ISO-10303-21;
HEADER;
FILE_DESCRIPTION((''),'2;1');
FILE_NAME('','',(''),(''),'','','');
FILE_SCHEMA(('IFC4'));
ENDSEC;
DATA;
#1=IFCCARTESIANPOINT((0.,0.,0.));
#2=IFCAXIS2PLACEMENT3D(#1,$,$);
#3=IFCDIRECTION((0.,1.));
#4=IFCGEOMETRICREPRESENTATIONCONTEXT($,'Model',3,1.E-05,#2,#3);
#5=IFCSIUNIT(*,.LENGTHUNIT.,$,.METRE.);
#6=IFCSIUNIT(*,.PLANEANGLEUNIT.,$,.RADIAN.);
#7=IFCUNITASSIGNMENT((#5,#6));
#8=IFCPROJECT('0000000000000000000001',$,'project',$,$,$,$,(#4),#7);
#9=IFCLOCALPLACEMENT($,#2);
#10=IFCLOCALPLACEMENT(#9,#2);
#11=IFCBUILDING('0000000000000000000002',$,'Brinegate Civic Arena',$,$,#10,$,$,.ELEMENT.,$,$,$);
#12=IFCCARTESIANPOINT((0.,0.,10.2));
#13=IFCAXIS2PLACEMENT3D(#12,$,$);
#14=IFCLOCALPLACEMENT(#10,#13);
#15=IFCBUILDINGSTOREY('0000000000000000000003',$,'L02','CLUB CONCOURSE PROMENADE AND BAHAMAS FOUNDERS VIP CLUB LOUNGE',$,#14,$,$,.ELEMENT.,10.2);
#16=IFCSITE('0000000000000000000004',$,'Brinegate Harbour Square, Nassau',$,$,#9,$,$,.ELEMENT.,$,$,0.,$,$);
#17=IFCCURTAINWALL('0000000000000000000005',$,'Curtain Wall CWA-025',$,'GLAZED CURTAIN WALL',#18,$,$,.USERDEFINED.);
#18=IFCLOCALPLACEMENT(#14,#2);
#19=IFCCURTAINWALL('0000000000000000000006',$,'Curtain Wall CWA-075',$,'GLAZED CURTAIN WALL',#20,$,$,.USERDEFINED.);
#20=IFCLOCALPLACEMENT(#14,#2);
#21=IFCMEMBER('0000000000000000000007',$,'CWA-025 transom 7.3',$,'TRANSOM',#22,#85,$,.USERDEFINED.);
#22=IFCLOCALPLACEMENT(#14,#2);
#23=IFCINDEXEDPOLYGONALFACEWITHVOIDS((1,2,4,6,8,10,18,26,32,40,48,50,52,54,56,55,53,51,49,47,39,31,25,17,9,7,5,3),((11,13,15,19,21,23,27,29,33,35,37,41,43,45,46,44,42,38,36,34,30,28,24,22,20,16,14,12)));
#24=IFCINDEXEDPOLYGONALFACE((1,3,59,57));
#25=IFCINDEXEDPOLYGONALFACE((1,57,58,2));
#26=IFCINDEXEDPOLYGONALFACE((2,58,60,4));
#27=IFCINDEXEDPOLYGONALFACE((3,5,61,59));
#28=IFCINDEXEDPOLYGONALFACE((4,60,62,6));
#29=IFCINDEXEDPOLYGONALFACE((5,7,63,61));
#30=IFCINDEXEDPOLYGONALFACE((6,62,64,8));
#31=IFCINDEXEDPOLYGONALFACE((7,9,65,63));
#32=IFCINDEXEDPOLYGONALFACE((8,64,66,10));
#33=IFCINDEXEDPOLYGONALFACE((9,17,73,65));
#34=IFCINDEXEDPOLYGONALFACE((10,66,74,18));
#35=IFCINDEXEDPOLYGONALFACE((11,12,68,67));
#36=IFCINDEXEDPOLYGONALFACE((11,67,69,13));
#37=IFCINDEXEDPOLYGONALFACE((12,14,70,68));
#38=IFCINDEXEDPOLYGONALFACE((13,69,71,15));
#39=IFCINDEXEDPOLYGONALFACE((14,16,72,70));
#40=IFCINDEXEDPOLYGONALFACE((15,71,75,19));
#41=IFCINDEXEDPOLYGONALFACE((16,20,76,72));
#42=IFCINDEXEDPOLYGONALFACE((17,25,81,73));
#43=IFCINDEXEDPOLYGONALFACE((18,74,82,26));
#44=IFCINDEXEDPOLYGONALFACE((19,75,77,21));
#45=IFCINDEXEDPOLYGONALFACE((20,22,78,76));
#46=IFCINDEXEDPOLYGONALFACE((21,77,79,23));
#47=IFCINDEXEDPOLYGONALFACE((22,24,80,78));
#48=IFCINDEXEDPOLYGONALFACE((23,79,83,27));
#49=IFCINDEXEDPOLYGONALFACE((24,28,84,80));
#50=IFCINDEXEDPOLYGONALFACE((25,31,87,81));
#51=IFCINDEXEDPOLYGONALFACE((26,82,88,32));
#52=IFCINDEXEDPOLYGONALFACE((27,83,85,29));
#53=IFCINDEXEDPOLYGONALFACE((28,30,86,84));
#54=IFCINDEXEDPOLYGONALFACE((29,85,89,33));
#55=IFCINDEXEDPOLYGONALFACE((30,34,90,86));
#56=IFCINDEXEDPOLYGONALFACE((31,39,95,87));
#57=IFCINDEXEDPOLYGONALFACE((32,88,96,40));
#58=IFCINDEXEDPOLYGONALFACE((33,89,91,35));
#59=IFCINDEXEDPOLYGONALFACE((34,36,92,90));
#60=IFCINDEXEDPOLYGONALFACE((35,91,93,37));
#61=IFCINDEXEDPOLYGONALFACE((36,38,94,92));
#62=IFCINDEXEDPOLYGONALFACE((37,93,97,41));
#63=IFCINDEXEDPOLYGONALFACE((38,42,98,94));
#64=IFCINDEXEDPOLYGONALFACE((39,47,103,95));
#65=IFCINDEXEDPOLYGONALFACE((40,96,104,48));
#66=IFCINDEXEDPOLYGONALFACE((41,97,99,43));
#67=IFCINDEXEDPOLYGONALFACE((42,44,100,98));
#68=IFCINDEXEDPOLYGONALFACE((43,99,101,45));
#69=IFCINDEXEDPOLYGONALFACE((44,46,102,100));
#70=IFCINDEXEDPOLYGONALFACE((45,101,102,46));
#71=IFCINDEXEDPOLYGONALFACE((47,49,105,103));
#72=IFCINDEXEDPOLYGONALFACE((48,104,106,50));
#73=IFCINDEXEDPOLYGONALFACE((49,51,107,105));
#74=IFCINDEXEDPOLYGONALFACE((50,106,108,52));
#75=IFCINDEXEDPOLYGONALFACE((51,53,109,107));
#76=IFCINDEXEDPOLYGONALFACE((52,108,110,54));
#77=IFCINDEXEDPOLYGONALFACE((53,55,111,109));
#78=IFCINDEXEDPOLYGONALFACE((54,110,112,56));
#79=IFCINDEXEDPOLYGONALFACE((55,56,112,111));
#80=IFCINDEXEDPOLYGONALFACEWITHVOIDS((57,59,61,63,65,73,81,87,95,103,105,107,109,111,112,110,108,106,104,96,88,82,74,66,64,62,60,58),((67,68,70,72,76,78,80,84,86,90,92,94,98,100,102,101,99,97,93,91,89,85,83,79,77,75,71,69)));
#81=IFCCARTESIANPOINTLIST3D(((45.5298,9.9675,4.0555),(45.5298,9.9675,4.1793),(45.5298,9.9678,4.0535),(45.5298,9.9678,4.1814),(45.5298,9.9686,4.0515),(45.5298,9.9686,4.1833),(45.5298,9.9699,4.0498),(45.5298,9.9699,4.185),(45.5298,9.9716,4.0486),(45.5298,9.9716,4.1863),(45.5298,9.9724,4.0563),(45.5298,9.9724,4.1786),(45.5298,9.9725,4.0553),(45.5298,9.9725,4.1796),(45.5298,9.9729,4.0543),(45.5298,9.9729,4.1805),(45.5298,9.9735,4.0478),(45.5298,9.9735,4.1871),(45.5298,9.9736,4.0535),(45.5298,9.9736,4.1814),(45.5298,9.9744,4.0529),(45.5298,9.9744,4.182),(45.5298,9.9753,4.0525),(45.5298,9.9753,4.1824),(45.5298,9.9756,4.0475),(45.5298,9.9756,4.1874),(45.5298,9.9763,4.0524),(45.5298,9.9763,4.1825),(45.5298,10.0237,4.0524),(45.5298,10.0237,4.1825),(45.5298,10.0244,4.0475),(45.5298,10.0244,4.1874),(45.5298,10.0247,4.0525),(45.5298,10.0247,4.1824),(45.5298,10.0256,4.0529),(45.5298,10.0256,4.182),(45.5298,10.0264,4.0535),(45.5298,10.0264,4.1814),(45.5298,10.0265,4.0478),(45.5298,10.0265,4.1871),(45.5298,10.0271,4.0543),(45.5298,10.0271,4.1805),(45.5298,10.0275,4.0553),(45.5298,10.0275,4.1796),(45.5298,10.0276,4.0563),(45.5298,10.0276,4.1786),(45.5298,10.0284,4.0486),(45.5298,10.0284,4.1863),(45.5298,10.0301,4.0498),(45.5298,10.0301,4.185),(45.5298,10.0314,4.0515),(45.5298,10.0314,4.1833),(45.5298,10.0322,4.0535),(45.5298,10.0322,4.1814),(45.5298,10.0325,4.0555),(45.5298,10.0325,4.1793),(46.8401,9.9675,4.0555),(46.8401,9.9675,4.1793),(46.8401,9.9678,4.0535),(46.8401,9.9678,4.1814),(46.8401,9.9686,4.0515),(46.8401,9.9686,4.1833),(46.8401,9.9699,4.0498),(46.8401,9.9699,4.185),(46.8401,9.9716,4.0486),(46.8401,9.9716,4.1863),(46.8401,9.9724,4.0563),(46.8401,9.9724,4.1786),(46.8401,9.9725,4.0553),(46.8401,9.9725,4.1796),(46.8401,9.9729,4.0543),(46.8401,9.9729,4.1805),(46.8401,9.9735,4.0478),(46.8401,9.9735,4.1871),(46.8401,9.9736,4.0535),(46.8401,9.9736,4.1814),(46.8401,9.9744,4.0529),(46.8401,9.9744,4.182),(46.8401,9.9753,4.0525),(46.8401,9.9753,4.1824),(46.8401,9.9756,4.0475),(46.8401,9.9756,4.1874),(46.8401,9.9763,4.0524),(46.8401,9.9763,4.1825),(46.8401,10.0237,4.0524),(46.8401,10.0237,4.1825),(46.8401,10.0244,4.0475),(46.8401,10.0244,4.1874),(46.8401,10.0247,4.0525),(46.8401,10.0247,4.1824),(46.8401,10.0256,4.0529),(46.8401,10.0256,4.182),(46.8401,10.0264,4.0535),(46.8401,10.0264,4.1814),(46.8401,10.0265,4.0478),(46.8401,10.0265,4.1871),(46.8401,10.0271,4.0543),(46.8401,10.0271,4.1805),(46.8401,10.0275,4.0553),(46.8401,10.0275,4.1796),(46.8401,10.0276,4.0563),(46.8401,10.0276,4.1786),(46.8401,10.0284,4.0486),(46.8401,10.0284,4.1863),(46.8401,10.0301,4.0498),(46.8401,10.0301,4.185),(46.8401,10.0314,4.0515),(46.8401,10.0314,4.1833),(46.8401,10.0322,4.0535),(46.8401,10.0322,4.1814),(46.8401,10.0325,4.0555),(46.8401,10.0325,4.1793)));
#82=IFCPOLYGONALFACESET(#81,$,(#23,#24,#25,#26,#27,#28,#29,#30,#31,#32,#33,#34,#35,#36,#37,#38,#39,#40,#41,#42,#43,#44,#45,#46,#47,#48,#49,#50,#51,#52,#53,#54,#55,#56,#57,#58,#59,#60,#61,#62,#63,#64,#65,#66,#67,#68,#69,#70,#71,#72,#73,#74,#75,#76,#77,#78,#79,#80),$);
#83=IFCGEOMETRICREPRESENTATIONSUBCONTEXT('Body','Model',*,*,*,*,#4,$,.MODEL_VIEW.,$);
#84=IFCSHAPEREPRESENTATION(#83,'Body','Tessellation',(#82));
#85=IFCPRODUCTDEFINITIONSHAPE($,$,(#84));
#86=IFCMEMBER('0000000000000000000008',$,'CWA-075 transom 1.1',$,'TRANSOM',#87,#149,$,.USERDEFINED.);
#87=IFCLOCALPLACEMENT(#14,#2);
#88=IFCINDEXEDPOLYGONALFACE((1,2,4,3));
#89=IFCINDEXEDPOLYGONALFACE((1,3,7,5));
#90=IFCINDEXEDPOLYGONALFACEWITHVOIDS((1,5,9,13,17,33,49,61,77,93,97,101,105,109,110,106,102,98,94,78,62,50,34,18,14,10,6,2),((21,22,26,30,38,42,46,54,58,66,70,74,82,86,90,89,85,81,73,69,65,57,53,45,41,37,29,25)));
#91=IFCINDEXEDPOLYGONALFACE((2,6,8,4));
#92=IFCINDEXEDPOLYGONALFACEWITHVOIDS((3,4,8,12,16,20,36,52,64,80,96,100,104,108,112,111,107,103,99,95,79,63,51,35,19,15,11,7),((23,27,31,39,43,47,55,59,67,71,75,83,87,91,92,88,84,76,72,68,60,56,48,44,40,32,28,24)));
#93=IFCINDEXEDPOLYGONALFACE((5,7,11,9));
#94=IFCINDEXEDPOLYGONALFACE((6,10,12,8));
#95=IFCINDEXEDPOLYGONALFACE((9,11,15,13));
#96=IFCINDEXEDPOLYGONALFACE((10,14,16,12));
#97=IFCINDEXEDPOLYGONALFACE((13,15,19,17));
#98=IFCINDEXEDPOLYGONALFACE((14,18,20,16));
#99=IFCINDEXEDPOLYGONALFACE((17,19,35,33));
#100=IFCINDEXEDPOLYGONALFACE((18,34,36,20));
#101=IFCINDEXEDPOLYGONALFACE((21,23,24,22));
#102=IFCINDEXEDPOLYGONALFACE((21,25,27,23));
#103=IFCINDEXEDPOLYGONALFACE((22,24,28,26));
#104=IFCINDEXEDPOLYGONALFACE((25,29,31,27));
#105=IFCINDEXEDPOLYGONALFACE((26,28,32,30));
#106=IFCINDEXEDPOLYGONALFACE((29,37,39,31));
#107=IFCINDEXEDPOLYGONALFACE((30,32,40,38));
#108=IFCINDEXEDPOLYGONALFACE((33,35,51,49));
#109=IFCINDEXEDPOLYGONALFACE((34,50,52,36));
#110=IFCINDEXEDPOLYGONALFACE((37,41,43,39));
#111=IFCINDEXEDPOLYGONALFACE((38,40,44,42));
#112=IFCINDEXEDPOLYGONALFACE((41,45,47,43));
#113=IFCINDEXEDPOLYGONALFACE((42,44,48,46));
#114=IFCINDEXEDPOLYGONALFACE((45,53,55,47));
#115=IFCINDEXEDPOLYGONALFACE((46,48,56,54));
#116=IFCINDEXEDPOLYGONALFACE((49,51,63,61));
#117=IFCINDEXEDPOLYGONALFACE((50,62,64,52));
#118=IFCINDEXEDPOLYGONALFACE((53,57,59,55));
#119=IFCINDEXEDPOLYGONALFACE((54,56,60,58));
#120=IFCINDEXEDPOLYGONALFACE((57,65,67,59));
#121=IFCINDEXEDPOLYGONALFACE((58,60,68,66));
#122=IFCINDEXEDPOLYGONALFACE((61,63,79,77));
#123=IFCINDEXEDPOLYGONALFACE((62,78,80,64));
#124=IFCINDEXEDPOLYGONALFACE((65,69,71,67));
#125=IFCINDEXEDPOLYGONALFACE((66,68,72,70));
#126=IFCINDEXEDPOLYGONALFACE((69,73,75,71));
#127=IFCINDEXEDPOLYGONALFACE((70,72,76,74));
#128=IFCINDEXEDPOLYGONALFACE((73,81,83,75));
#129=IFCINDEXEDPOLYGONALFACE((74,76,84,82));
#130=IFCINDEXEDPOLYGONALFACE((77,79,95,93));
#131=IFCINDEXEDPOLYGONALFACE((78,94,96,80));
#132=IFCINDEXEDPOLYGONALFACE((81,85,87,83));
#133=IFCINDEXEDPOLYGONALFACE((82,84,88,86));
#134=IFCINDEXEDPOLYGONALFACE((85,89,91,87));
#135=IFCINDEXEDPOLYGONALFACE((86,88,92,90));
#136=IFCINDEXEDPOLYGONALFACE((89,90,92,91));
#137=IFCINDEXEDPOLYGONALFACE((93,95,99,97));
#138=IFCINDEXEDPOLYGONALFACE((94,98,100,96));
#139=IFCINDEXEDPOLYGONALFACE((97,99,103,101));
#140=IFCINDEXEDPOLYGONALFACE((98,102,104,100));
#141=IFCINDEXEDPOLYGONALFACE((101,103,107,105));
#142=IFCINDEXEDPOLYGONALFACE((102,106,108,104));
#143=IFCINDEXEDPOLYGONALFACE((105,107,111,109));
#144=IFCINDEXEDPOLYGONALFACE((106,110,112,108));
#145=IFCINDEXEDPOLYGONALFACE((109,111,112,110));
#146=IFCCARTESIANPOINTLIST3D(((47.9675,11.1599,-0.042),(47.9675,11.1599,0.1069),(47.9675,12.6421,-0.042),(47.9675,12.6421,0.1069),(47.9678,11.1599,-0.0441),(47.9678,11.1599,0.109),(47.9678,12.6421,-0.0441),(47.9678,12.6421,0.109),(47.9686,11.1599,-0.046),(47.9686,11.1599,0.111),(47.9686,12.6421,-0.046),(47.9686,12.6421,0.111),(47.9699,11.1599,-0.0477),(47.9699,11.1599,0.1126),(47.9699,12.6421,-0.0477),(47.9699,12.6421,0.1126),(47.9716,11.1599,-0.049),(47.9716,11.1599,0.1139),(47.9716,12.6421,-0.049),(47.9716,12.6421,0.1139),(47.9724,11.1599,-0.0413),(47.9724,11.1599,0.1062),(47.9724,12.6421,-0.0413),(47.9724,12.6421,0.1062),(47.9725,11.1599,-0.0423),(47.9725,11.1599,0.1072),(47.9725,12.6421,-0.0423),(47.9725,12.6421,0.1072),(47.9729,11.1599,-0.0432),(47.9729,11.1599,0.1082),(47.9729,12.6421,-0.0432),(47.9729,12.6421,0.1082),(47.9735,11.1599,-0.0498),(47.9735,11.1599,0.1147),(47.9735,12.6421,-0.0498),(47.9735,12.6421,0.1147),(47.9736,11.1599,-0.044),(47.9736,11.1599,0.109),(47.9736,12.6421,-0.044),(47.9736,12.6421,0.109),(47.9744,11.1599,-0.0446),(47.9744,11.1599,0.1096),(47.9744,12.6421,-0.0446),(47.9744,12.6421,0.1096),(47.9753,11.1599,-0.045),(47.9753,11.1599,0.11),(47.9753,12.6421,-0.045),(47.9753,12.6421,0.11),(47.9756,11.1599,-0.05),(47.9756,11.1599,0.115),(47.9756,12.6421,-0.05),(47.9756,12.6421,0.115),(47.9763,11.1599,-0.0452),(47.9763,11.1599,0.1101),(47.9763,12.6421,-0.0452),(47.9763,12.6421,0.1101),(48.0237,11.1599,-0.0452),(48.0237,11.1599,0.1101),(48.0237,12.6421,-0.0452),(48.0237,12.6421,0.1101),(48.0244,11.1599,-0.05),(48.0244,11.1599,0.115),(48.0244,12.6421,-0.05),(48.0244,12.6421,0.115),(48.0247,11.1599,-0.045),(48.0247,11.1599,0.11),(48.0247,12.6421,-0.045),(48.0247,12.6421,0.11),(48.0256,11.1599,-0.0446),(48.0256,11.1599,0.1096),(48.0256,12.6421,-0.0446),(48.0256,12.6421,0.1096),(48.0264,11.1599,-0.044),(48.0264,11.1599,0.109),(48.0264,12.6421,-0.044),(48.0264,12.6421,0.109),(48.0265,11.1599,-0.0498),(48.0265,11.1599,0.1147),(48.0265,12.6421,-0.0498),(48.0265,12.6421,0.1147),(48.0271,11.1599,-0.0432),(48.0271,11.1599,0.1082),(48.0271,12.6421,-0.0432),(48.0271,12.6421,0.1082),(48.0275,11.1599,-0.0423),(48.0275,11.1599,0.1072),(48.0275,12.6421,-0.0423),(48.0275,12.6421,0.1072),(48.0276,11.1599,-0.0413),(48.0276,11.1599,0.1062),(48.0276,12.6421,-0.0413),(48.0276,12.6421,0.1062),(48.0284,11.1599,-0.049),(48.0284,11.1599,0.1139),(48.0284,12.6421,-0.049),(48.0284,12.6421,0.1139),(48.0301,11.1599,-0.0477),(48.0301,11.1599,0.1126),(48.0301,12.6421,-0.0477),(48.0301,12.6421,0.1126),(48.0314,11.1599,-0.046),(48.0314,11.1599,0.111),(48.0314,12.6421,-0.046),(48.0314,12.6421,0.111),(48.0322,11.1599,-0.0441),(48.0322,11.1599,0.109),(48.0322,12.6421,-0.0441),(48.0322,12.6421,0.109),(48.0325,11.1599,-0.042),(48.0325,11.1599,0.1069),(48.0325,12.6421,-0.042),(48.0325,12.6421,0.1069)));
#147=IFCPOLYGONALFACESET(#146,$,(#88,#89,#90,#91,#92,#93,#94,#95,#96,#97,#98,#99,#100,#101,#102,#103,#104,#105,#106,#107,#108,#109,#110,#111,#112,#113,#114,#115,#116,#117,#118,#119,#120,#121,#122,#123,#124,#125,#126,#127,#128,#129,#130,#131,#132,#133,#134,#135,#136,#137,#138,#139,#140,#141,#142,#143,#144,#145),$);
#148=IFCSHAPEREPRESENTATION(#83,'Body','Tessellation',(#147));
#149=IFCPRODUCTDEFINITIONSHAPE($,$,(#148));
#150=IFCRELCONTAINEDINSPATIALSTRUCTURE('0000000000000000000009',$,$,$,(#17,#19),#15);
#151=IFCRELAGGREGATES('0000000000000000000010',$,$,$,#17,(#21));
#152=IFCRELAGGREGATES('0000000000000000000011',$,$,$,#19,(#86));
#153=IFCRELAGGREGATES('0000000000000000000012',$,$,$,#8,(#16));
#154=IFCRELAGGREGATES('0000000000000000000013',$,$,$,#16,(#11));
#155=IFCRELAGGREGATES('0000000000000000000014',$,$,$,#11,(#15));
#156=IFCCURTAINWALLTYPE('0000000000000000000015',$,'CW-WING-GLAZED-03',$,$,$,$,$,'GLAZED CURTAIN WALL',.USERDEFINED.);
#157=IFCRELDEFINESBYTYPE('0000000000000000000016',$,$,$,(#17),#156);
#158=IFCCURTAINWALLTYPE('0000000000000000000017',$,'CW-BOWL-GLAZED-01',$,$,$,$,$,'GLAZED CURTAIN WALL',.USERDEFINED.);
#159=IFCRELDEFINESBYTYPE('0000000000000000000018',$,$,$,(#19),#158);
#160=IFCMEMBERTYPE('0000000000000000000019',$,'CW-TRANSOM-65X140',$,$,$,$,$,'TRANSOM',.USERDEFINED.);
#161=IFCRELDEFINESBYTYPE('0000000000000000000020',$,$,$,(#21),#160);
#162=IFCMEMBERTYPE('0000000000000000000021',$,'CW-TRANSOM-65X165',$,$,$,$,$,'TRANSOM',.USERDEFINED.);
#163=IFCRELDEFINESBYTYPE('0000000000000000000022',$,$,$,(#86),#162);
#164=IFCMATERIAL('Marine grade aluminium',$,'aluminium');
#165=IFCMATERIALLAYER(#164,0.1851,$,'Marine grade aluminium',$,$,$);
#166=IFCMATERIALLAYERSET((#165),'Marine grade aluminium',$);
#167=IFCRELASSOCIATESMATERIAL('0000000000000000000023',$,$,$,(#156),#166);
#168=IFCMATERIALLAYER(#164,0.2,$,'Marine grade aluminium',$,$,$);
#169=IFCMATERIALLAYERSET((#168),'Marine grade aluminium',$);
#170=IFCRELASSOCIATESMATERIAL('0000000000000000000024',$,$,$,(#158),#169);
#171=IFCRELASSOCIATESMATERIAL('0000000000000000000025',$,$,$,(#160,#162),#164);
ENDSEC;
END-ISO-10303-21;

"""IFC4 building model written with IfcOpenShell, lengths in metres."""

from ifc_helpers import new_model, si_unit, direction, frame, origin, origin_2d, place, context, subcontext, project, spatial, hollow_rectangle, extrude, material, layer, layer_set, material_profile, profile_set, type_object, element, aggregate, save


model = new_model("IFC4")

# Units and contexts
model_context = context("Model", 3, precision=1e-05, world=origin(), true_north=direction((0.0, 1.0)))
body_context = subcontext(model_context, "Body", "Model", "MODEL_VIEW")
ifc_project = project(units=[si_unit("LENGTHUNIT", "METRE"), si_unit("PLANEANGLEUNIT", "RADIAN")], contexts=[model_context])

# Site, building, storey
site_placement = place(None, origin())
site = spatial("IfcSite", under=ifc_project, at=site_placement, Name="Brinegate Harbour Square, Nassau", CompositionType="ELEMENT", RefElevation=0.0)
building_placement = place(site_placement, origin())
building = spatial("IfcBuilding", under=site, at=building_placement, Name="Brinegate Civic Arena", CompositionType="ELEMENT")
storey_placement = place(building_placement, frame((0.0, 0.0, 10.2)))
storey = spatial("IfcBuildingStorey", under=building, at=storey_placement, Name="L02", Description="CLUB CONCOURSE PROMENADE AND BAHAMAS FOUNDERS VIP CLUB LOUNGE", CompositionType="ELEMENT", Elevation=10.2)

# Curtain walls
ifc_material_1 = material(Name="Marine grade aluminium", Category="aluminium")
ifc_layer_1 = layer(ifc_material_1, 0.1851, Name="Marine grade aluminium")
ifc_layer_set_1 = layer_set([ifc_layer_1], Name="Marine grade aluminium")
curtain_wall_type_1 = type_object("IfcCurtainWallType", Name="CW-WING-GLAZED-03", ElementType="GLAZED CURTAIN WALL", PredefinedType="USERDEFINED", material=ifc_layer_set_1)
curtain_wall_1_placement = place(storey_placement, origin())
curtain_wall_1 = element("IfcCurtainWall", 1, at=curtain_wall_1_placement, inside=storey, type_object=curtain_wall_type_1, Name="Curtain Wall CWA-025", ObjectType="GLAZED CURTAIN WALL", PredefinedType="USERDEFINED")
ifc_layer_2 = layer(ifc_material_1, 0.2, Name="Marine grade aluminium")
ifc_layer_set_2 = layer_set([ifc_layer_2], Name="Marine grade aluminium")
curtain_wall_type_2 = type_object("IfcCurtainWallType", Name="CW-BOWL-GLAZED-01", ElementType="GLAZED CURTAIN WALL", PredefinedType="USERDEFINED", material=ifc_layer_set_2)
curtain_wall_2_placement = place(storey_placement, origin())
curtain_wall_2 = element("IfcCurtainWall", 2, at=curtain_wall_2_placement, inside=storey, type_object=curtain_wall_type_2, Name="Curtain Wall CWA-075", ObjectType="GLAZED CURTAIN WALL", PredefinedType="USERDEFINED")

# Members
ifc_material_profile_1 = material_profile(ifc_material_1, hollow_rectangle(XDim=0.0649, YDim=0.1399, WallThickness=0.0049, InnerFilletRadius=0.0039, OuterFilletRadius=0.0081, at=origin_2d()), Name="TRN65X140")
ifc_profile_set_1 = profile_set([ifc_material_profile_1], Name="Marine grade aluminium")
member_type_1 = type_object("IfcMemberType", Name="CW-TRANSOM-65X140", ElementType="TRANSOM", PredefinedType="USERDEFINED", material=ifc_profile_set_1)
member_1_placement = place(storey_placement, frame((45.5298, 10.0, 4.1174), z_axis=(1.0, 0.0, 0.0), x_axis=(0.0, 1.0, 0.0)))
member_1 = element("IfcMember", 3, at=member_1_placement, type_object=member_type_1, Name="CWA-025 transom 7.3", ObjectType="TRANSOM", PredefinedType="USERDEFINED", context=body_context, shape_type="SweptSolid", body=[
    extrude(hollow_rectangle(XDim=0.0649, YDim=0.1399, WallThickness=0.0049, InnerFilletRadius=0.0039, OuterFilletRadius=0.0081, at=origin_2d()), origin(), (0.0, 0.0, 1.0), 1.3103),
])
ifc_material_profile_2 = material_profile(ifc_material_1, hollow_rectangle(XDim=0.0649, YDim=0.165, WallThickness=0.0049, InnerFilletRadius=0.0039, OuterFilletRadius=0.0081, at=origin_2d()), Name="TRN65X165")
ifc_profile_set_2 = profile_set([ifc_material_profile_2], Name="Marine grade aluminium")
member_type_2 = type_object("IfcMemberType", Name="CW-TRANSOM-65X165", ElementType="TRANSOM", PredefinedType="USERDEFINED", material=ifc_profile_set_2)
member_2_placement = place(storey_placement, frame((48.0, 11.1599, 0.0325), z_axis=(0.0, 1.0, 0.0), x_axis=(-1.0, 0.0, 0.0)))
member_2 = element("IfcMember", 4, at=member_2_placement, type_object=member_type_2, Name="CWA-075 transom 1.1", ObjectType="TRANSOM", PredefinedType="USERDEFINED", context=body_context, shape_type="SweptSolid", body=[
    extrude(hollow_rectangle(XDim=0.0649, YDim=0.165, WallThickness=0.0049, InnerFilletRadius=0.0039, OuterFilletRadius=0.0081, at=origin_2d()), origin(), (0.0, 0.0, 1.0), 1.4822),
])

aggregate(curtain_wall_1, [member_1])
aggregate(curtain_wall_2, [member_2])

save(model, "model.ifc")
